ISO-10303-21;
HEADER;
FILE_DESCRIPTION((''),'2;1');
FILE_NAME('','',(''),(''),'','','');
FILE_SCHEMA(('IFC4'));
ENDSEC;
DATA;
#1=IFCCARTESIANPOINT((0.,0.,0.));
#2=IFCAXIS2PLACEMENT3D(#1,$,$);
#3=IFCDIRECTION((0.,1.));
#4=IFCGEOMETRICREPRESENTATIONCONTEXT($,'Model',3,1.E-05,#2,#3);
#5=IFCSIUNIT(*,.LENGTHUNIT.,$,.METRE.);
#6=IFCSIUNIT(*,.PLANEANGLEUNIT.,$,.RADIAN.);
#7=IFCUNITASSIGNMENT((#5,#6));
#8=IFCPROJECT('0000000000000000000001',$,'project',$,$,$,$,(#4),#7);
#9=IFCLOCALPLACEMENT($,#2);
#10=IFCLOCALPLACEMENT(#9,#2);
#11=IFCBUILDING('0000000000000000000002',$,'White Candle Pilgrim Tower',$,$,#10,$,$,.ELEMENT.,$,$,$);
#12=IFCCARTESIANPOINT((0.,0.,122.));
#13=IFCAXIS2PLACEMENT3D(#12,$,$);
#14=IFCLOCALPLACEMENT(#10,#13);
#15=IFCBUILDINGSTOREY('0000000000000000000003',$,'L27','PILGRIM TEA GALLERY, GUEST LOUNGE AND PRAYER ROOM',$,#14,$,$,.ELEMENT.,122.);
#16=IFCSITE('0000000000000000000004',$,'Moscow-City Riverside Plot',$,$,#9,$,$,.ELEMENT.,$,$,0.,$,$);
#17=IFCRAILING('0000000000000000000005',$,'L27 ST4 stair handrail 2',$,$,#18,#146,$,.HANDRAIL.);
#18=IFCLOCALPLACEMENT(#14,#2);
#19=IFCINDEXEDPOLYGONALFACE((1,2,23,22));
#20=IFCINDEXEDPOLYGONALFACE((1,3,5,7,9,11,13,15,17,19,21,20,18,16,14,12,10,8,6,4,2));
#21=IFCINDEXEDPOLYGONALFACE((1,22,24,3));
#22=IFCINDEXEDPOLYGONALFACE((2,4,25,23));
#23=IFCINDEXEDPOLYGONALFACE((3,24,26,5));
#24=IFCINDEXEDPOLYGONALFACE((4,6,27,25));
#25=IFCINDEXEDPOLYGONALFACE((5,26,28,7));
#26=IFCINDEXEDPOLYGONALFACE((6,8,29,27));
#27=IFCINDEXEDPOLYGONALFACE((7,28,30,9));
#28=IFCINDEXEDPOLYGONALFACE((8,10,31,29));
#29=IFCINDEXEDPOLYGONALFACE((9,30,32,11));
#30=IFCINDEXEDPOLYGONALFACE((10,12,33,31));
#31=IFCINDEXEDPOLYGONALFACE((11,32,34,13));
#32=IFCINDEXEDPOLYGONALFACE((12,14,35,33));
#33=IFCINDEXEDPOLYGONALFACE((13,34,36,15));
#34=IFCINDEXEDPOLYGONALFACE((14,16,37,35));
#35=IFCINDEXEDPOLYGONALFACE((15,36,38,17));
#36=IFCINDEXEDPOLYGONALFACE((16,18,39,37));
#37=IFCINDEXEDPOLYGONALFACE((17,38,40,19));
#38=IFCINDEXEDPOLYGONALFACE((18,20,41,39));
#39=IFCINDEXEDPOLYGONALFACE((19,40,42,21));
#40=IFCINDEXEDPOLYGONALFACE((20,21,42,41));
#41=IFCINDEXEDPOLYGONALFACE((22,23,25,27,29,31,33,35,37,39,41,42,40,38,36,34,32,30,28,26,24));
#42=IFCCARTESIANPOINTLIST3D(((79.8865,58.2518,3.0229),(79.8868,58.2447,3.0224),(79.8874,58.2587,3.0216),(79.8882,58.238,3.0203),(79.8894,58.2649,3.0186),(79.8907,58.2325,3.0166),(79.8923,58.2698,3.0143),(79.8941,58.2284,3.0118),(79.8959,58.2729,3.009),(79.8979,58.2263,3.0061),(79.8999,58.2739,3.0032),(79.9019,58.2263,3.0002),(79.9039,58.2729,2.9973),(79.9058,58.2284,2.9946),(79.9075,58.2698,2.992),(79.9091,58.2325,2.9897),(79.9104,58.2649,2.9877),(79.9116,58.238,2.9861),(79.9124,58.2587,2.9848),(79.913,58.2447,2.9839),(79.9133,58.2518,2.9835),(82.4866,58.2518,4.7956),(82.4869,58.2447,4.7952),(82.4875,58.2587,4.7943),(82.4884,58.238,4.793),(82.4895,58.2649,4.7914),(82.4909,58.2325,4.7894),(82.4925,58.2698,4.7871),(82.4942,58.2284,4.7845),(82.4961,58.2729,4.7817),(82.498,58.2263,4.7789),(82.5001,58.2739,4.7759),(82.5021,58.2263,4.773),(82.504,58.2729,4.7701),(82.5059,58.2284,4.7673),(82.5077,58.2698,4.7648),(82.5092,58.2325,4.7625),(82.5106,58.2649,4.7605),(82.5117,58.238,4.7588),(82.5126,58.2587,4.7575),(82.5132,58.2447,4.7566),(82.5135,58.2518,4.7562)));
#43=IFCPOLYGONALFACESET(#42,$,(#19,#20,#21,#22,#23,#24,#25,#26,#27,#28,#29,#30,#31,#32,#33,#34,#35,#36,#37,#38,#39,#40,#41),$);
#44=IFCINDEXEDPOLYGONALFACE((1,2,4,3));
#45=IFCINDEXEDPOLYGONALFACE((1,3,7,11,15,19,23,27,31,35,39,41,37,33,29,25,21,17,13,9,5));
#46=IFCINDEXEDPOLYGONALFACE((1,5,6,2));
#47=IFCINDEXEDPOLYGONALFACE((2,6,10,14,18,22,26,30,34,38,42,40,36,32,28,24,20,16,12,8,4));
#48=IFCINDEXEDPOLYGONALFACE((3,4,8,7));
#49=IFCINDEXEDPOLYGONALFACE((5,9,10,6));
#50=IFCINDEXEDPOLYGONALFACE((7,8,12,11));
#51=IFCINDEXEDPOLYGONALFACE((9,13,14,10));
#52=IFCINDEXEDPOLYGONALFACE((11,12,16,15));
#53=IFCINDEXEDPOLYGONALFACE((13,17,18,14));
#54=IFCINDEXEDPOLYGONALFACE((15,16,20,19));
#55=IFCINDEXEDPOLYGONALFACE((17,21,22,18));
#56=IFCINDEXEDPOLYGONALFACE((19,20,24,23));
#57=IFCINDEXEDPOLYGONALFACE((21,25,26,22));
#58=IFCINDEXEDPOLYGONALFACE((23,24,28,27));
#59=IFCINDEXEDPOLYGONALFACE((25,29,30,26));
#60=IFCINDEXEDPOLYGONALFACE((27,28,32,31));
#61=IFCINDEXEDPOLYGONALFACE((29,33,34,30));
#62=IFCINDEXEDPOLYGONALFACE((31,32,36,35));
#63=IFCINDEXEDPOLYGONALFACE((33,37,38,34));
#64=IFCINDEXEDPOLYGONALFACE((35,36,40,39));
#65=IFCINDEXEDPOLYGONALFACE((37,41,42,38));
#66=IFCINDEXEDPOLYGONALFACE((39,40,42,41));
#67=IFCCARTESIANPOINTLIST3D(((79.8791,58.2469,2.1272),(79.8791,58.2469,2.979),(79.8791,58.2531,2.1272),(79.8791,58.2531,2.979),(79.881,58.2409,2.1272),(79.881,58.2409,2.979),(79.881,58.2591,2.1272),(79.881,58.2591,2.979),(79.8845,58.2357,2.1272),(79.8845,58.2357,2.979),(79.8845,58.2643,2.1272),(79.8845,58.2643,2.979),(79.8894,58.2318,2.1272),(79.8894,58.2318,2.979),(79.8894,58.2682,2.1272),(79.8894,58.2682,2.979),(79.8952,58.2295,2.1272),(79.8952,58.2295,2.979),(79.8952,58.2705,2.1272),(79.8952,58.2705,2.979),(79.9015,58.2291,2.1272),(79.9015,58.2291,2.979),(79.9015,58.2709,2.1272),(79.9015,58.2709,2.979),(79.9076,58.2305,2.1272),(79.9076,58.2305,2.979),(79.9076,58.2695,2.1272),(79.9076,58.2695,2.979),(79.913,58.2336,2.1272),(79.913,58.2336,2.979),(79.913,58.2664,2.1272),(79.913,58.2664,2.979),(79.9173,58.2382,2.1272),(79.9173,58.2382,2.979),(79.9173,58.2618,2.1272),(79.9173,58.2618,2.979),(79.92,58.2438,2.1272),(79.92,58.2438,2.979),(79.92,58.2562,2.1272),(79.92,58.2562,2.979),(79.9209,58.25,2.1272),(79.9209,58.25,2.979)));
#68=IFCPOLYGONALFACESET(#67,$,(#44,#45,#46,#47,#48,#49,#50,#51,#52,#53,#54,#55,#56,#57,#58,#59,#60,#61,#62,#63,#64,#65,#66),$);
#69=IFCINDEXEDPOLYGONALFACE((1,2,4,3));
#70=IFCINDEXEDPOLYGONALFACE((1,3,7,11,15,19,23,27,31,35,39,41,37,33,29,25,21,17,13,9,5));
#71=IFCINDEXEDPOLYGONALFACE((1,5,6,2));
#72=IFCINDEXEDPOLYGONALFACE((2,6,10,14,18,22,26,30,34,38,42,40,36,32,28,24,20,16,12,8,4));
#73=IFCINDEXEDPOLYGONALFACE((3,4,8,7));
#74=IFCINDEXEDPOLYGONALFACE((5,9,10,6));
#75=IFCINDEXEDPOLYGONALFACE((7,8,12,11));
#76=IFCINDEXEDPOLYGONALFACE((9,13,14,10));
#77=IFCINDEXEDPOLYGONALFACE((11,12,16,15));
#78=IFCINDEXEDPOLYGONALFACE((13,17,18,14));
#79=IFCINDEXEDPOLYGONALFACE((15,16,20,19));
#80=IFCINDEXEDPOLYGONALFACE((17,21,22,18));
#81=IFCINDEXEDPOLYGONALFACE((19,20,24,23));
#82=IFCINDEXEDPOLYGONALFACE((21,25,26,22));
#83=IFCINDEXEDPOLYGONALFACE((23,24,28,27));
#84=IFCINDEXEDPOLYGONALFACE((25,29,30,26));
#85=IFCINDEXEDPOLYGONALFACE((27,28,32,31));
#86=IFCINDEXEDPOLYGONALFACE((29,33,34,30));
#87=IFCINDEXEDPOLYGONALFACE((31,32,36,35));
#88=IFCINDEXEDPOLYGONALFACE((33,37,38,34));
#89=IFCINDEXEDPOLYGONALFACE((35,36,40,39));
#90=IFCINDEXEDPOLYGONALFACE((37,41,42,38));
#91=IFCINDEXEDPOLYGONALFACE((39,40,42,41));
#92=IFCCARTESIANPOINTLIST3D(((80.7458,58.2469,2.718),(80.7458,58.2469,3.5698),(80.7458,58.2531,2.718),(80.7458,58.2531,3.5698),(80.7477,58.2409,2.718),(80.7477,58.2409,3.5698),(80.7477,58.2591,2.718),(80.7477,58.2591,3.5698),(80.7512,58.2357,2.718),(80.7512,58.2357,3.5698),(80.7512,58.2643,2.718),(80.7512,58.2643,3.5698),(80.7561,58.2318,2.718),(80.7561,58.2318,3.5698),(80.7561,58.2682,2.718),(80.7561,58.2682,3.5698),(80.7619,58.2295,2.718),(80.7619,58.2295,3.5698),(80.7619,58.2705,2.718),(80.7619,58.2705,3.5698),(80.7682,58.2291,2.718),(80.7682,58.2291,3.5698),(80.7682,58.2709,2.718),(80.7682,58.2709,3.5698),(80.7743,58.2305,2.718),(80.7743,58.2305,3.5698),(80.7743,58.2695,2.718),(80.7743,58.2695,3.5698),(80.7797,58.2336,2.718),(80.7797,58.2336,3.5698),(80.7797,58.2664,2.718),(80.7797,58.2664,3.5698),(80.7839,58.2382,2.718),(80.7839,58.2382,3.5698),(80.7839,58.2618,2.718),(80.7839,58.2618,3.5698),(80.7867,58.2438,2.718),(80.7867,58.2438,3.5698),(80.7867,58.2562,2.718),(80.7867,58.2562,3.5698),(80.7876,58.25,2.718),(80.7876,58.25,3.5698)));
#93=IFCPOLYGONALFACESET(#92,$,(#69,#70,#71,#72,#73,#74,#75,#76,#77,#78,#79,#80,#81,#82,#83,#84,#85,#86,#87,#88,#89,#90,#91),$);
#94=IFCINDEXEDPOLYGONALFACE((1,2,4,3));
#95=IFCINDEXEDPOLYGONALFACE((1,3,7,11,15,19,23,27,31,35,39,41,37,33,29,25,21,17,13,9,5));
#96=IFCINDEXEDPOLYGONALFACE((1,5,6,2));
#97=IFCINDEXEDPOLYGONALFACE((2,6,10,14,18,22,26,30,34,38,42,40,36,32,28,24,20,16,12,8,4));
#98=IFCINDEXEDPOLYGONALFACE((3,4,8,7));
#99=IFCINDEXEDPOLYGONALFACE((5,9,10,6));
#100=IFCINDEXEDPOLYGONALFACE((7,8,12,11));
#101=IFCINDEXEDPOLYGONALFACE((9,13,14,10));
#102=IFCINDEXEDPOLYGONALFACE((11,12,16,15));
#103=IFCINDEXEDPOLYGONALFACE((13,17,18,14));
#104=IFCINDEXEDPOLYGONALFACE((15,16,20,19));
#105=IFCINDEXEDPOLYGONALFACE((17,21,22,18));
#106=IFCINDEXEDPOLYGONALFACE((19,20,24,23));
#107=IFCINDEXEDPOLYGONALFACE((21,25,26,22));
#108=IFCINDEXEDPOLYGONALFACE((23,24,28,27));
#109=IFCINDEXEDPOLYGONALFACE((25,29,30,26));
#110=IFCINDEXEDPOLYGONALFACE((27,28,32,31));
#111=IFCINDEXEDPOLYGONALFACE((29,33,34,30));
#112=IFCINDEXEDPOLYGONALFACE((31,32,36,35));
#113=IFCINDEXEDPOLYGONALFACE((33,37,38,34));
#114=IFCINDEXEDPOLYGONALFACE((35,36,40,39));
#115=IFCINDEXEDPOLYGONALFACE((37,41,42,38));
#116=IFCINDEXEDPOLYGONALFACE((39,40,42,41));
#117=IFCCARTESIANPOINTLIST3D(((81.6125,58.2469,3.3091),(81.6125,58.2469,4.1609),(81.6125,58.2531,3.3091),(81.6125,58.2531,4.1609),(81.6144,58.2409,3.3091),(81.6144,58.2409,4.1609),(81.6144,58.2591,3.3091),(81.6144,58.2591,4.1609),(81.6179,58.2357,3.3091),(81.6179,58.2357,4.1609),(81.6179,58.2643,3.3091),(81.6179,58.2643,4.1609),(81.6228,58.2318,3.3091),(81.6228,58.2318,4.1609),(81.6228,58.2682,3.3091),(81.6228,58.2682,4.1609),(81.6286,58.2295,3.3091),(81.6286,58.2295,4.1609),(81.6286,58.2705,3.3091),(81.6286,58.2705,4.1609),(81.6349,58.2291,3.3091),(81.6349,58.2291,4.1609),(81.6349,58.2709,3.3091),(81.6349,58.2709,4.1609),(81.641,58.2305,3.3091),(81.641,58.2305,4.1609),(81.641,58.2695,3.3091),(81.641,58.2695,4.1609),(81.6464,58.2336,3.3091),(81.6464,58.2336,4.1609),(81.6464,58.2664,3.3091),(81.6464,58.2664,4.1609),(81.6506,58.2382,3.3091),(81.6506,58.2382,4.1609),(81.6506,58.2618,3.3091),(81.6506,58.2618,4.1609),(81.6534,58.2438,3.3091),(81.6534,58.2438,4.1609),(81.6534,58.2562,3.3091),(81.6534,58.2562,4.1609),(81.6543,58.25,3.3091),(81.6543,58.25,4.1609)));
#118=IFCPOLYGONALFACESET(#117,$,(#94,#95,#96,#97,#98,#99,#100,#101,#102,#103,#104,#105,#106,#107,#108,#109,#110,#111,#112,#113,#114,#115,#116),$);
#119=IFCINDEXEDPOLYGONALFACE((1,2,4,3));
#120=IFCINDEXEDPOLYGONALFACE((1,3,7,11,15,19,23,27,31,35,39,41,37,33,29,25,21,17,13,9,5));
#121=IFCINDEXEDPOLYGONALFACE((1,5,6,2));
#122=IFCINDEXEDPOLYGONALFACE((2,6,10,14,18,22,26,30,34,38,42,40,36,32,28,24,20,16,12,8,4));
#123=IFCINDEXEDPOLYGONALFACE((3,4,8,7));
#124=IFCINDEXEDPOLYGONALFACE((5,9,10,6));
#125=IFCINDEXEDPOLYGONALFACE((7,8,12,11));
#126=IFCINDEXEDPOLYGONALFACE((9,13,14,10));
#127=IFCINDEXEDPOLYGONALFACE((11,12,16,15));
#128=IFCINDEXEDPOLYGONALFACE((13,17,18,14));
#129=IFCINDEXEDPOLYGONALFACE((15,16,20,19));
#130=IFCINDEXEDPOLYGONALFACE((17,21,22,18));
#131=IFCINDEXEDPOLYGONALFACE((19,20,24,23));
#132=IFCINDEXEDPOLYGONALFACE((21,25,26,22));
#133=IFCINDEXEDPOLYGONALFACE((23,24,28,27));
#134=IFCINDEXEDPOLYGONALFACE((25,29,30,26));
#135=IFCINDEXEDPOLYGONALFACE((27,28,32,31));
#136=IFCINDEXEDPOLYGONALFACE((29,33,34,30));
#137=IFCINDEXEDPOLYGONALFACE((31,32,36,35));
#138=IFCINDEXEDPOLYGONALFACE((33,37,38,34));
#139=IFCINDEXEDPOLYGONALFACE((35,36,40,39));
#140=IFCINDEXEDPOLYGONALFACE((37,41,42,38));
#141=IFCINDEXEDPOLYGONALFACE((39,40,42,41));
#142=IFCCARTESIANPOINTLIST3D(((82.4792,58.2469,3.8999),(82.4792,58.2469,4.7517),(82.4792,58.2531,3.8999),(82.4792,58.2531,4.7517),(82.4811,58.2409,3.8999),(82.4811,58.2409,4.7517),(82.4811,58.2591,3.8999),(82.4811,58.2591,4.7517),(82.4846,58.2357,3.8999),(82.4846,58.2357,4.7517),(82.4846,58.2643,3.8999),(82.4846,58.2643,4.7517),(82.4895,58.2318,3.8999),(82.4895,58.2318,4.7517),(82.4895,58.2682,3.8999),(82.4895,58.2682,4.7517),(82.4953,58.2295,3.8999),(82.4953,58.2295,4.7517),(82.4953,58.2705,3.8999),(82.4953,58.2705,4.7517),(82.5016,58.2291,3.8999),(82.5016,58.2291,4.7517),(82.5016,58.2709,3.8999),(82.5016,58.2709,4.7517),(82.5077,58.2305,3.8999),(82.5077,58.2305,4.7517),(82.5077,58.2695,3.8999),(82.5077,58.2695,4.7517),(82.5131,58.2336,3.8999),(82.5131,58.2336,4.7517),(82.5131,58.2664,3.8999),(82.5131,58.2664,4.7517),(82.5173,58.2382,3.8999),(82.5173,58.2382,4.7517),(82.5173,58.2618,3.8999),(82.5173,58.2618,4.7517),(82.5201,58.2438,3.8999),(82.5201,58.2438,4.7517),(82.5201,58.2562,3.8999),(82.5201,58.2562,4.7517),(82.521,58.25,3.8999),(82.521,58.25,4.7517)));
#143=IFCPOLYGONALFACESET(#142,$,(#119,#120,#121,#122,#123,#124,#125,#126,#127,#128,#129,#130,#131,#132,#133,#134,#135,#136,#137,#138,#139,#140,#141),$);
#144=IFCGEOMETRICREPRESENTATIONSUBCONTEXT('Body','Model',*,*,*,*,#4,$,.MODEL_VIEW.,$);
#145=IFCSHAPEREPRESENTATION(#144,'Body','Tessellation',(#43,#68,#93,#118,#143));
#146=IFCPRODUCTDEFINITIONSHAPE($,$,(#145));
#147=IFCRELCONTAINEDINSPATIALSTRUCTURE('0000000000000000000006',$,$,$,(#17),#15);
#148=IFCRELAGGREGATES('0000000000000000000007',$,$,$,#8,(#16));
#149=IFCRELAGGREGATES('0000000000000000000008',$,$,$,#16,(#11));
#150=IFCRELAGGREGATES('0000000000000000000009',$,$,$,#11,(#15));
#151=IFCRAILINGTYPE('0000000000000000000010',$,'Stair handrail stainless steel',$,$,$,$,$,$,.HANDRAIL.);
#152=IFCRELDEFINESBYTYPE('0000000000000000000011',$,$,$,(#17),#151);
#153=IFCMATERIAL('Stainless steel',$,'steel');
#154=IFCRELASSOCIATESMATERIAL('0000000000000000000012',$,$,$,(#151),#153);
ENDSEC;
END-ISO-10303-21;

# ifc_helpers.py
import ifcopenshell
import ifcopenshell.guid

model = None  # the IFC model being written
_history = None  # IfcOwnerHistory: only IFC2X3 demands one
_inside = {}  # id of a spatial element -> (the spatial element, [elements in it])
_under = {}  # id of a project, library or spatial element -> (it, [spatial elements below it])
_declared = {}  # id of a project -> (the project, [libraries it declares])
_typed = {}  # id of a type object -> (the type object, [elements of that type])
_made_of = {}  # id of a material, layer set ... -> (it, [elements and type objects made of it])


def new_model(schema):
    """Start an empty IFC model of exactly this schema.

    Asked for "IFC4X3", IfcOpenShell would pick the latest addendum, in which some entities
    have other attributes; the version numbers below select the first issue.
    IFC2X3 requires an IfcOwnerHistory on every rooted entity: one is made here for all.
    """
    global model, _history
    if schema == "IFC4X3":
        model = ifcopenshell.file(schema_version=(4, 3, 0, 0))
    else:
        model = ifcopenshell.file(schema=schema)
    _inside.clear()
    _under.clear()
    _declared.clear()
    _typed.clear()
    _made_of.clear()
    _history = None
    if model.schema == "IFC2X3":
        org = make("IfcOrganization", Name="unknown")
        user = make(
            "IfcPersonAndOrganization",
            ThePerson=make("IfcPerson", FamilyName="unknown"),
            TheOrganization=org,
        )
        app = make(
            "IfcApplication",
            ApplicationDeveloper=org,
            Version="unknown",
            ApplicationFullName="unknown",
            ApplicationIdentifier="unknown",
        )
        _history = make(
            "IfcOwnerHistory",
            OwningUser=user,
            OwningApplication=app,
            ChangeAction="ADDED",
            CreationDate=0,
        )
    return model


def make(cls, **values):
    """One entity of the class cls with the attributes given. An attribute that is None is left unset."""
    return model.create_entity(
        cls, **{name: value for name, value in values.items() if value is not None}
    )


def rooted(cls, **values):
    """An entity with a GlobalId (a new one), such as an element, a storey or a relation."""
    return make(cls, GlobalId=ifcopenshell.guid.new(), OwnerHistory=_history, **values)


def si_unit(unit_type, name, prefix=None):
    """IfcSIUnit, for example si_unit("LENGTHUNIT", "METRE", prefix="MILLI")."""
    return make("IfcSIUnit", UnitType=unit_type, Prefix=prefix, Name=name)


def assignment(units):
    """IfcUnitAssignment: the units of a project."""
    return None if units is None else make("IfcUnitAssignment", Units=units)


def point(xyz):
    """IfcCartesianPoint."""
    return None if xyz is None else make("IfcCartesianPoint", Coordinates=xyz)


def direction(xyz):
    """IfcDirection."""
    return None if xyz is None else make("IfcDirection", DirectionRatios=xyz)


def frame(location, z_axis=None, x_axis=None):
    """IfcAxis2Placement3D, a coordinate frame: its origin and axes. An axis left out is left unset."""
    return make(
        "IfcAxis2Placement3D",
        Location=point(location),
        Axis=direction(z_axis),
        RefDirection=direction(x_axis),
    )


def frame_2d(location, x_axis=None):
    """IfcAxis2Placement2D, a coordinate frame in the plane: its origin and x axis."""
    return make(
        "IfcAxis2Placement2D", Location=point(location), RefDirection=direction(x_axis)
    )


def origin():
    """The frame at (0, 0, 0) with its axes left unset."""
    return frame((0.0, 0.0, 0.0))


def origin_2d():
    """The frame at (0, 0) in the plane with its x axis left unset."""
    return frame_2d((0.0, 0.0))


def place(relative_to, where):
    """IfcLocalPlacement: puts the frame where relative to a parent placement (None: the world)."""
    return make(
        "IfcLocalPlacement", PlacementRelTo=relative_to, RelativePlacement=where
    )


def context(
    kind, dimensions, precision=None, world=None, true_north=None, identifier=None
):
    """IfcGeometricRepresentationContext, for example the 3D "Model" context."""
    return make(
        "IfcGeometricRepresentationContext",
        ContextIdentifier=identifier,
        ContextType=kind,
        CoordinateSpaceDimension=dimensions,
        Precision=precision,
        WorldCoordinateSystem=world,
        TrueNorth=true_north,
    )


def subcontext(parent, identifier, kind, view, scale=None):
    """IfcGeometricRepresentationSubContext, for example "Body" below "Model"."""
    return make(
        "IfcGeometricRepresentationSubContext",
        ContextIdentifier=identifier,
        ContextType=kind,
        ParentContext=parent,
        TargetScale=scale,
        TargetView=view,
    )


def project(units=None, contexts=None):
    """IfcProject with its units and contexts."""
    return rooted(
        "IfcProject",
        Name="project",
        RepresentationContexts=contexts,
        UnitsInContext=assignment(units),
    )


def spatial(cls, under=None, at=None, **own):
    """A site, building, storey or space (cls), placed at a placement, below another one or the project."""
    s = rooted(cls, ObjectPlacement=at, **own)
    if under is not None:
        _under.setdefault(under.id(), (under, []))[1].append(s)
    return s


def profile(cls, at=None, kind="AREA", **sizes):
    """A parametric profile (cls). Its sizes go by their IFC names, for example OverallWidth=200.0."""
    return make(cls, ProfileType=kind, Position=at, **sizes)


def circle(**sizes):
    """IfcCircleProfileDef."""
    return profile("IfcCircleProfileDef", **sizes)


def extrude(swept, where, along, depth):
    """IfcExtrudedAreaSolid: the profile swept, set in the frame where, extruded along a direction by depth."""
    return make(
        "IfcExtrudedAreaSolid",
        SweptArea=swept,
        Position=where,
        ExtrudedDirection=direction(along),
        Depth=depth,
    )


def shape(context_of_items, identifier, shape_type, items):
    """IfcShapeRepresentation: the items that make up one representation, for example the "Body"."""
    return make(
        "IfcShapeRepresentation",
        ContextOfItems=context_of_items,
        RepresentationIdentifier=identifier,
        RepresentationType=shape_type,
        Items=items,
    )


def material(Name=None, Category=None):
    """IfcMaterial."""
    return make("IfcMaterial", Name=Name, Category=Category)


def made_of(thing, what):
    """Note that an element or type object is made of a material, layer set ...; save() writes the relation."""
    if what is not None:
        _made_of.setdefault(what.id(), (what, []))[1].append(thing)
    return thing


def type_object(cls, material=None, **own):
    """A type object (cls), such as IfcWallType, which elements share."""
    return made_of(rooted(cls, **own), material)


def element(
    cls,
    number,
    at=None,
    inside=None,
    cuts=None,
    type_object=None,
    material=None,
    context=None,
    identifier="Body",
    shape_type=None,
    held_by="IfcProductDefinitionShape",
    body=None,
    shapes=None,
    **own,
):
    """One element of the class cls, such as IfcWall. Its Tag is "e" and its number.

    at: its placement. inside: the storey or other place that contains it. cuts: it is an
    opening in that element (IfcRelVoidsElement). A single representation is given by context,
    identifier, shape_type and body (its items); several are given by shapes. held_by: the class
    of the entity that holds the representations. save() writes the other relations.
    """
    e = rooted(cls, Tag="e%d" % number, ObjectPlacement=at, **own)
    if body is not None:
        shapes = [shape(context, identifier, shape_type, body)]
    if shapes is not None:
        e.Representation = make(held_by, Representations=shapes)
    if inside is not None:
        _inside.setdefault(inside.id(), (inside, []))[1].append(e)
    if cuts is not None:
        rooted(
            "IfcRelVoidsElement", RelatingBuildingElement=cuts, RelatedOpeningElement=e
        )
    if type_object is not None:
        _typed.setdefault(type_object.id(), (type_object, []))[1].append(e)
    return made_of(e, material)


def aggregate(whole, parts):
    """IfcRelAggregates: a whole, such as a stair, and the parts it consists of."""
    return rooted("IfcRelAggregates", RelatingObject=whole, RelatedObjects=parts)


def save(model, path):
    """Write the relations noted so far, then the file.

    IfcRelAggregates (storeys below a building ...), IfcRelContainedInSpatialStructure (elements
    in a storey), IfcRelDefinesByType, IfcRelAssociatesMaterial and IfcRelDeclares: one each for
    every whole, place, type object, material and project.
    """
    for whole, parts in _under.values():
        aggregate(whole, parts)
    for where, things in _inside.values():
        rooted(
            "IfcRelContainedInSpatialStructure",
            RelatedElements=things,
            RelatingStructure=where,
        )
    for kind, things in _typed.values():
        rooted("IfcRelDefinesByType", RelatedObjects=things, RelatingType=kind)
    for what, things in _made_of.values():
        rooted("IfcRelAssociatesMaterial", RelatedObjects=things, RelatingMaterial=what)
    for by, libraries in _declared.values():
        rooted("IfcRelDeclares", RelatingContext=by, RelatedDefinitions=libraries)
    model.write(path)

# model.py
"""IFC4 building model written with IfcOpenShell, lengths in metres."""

from ifc_helpers import new_model, si_unit, direction, frame, origin, origin_2d, place, context, subcontext, project, spatial, circle, extrude, material, type_object, element, save


model = new_model("IFC4")

# Units and contexts
model_context = context("Model", 3, precision=1e-05, world=origin(), true_north=direction((0.0, 1.0)))
body_context = subcontext(model_context, "Body", "Model", "MODEL_VIEW")
ifc_project = project(units=[si_unit("LENGTHUNIT", "METRE"), si_unit("PLANEANGLEUNIT", "RADIAN")], contexts=[model_context])

# Site, building, storey
site_placement = place(None, origin())
site = spatial("IfcSite", under=ifc_project, at=site_placement, Name="Moscow-City Riverside Plot", CompositionType="ELEMENT", RefElevation=0.0)
building_placement = place(site_placement, origin())
building = spatial("IfcBuilding", under=site, at=building_placement, Name="White Candle Pilgrim Tower", CompositionType="ELEMENT")
storey_placement = place(building_placement, frame((0.0, 0.0, 122.0)))
storey = spatial("IfcBuildingStorey", under=building, at=storey_placement, Name="L27", Description="PILGRIM TEA GALLERY, GUEST LOUNGE AND PRAYER ROOM", CompositionType="ELEMENT", Elevation=122.0)

# Railing
ifc_material_1 = material(Name="Stainless steel", Category="steel")
railing_type_1 = type_object("IfcRailingType", Name="Stair handrail stainless steel", PredefinedType="HANDRAIL", material=ifc_material_1)
railing_1_placement = place(storey_placement, frame((79.8999, 58.25, 2.1272)))
element("IfcRailing", 1, at=railing_1_placement, inside=storey, type_object=railing_type_1, Name="L27 ST4 stair handrail 2", PredefinedType="HANDRAIL", context=body_context, shape_type="SweptSolid", body=[
    extrude(circle(Radius=0.0239, at=origin_2d()), frame((0.0, 0.0, 0.876), z_axis=(0.82624, 0.0, 0.563318), x_axis=(0.0, 1.0, 0.0)), (0.0, 0.0, 1.0), 3.147),
    extrude(circle(Radius=0.021, at=origin_2d()), origin(), (0.0, 0.0, 1.0), 0.8518),
    extrude(circle(Radius=0.021, at=origin_2d()), frame((0.8667, 0.0, 0.5908)), (0.0, 0.0, 1.0), 0.8518),
    extrude(circle(Radius=0.021, at=origin_2d()), frame((1.7334, 0.0, 1.1819)), (0.0, 0.0, 1.0), 0.8518),
    extrude(circle(Radius=0.021, at=origin_2d()), frame((2.6001, 0.0, 1.7727)), (0.0, 0.0, 1.0), 0.8518),
])

save(model, "model.ifc")
